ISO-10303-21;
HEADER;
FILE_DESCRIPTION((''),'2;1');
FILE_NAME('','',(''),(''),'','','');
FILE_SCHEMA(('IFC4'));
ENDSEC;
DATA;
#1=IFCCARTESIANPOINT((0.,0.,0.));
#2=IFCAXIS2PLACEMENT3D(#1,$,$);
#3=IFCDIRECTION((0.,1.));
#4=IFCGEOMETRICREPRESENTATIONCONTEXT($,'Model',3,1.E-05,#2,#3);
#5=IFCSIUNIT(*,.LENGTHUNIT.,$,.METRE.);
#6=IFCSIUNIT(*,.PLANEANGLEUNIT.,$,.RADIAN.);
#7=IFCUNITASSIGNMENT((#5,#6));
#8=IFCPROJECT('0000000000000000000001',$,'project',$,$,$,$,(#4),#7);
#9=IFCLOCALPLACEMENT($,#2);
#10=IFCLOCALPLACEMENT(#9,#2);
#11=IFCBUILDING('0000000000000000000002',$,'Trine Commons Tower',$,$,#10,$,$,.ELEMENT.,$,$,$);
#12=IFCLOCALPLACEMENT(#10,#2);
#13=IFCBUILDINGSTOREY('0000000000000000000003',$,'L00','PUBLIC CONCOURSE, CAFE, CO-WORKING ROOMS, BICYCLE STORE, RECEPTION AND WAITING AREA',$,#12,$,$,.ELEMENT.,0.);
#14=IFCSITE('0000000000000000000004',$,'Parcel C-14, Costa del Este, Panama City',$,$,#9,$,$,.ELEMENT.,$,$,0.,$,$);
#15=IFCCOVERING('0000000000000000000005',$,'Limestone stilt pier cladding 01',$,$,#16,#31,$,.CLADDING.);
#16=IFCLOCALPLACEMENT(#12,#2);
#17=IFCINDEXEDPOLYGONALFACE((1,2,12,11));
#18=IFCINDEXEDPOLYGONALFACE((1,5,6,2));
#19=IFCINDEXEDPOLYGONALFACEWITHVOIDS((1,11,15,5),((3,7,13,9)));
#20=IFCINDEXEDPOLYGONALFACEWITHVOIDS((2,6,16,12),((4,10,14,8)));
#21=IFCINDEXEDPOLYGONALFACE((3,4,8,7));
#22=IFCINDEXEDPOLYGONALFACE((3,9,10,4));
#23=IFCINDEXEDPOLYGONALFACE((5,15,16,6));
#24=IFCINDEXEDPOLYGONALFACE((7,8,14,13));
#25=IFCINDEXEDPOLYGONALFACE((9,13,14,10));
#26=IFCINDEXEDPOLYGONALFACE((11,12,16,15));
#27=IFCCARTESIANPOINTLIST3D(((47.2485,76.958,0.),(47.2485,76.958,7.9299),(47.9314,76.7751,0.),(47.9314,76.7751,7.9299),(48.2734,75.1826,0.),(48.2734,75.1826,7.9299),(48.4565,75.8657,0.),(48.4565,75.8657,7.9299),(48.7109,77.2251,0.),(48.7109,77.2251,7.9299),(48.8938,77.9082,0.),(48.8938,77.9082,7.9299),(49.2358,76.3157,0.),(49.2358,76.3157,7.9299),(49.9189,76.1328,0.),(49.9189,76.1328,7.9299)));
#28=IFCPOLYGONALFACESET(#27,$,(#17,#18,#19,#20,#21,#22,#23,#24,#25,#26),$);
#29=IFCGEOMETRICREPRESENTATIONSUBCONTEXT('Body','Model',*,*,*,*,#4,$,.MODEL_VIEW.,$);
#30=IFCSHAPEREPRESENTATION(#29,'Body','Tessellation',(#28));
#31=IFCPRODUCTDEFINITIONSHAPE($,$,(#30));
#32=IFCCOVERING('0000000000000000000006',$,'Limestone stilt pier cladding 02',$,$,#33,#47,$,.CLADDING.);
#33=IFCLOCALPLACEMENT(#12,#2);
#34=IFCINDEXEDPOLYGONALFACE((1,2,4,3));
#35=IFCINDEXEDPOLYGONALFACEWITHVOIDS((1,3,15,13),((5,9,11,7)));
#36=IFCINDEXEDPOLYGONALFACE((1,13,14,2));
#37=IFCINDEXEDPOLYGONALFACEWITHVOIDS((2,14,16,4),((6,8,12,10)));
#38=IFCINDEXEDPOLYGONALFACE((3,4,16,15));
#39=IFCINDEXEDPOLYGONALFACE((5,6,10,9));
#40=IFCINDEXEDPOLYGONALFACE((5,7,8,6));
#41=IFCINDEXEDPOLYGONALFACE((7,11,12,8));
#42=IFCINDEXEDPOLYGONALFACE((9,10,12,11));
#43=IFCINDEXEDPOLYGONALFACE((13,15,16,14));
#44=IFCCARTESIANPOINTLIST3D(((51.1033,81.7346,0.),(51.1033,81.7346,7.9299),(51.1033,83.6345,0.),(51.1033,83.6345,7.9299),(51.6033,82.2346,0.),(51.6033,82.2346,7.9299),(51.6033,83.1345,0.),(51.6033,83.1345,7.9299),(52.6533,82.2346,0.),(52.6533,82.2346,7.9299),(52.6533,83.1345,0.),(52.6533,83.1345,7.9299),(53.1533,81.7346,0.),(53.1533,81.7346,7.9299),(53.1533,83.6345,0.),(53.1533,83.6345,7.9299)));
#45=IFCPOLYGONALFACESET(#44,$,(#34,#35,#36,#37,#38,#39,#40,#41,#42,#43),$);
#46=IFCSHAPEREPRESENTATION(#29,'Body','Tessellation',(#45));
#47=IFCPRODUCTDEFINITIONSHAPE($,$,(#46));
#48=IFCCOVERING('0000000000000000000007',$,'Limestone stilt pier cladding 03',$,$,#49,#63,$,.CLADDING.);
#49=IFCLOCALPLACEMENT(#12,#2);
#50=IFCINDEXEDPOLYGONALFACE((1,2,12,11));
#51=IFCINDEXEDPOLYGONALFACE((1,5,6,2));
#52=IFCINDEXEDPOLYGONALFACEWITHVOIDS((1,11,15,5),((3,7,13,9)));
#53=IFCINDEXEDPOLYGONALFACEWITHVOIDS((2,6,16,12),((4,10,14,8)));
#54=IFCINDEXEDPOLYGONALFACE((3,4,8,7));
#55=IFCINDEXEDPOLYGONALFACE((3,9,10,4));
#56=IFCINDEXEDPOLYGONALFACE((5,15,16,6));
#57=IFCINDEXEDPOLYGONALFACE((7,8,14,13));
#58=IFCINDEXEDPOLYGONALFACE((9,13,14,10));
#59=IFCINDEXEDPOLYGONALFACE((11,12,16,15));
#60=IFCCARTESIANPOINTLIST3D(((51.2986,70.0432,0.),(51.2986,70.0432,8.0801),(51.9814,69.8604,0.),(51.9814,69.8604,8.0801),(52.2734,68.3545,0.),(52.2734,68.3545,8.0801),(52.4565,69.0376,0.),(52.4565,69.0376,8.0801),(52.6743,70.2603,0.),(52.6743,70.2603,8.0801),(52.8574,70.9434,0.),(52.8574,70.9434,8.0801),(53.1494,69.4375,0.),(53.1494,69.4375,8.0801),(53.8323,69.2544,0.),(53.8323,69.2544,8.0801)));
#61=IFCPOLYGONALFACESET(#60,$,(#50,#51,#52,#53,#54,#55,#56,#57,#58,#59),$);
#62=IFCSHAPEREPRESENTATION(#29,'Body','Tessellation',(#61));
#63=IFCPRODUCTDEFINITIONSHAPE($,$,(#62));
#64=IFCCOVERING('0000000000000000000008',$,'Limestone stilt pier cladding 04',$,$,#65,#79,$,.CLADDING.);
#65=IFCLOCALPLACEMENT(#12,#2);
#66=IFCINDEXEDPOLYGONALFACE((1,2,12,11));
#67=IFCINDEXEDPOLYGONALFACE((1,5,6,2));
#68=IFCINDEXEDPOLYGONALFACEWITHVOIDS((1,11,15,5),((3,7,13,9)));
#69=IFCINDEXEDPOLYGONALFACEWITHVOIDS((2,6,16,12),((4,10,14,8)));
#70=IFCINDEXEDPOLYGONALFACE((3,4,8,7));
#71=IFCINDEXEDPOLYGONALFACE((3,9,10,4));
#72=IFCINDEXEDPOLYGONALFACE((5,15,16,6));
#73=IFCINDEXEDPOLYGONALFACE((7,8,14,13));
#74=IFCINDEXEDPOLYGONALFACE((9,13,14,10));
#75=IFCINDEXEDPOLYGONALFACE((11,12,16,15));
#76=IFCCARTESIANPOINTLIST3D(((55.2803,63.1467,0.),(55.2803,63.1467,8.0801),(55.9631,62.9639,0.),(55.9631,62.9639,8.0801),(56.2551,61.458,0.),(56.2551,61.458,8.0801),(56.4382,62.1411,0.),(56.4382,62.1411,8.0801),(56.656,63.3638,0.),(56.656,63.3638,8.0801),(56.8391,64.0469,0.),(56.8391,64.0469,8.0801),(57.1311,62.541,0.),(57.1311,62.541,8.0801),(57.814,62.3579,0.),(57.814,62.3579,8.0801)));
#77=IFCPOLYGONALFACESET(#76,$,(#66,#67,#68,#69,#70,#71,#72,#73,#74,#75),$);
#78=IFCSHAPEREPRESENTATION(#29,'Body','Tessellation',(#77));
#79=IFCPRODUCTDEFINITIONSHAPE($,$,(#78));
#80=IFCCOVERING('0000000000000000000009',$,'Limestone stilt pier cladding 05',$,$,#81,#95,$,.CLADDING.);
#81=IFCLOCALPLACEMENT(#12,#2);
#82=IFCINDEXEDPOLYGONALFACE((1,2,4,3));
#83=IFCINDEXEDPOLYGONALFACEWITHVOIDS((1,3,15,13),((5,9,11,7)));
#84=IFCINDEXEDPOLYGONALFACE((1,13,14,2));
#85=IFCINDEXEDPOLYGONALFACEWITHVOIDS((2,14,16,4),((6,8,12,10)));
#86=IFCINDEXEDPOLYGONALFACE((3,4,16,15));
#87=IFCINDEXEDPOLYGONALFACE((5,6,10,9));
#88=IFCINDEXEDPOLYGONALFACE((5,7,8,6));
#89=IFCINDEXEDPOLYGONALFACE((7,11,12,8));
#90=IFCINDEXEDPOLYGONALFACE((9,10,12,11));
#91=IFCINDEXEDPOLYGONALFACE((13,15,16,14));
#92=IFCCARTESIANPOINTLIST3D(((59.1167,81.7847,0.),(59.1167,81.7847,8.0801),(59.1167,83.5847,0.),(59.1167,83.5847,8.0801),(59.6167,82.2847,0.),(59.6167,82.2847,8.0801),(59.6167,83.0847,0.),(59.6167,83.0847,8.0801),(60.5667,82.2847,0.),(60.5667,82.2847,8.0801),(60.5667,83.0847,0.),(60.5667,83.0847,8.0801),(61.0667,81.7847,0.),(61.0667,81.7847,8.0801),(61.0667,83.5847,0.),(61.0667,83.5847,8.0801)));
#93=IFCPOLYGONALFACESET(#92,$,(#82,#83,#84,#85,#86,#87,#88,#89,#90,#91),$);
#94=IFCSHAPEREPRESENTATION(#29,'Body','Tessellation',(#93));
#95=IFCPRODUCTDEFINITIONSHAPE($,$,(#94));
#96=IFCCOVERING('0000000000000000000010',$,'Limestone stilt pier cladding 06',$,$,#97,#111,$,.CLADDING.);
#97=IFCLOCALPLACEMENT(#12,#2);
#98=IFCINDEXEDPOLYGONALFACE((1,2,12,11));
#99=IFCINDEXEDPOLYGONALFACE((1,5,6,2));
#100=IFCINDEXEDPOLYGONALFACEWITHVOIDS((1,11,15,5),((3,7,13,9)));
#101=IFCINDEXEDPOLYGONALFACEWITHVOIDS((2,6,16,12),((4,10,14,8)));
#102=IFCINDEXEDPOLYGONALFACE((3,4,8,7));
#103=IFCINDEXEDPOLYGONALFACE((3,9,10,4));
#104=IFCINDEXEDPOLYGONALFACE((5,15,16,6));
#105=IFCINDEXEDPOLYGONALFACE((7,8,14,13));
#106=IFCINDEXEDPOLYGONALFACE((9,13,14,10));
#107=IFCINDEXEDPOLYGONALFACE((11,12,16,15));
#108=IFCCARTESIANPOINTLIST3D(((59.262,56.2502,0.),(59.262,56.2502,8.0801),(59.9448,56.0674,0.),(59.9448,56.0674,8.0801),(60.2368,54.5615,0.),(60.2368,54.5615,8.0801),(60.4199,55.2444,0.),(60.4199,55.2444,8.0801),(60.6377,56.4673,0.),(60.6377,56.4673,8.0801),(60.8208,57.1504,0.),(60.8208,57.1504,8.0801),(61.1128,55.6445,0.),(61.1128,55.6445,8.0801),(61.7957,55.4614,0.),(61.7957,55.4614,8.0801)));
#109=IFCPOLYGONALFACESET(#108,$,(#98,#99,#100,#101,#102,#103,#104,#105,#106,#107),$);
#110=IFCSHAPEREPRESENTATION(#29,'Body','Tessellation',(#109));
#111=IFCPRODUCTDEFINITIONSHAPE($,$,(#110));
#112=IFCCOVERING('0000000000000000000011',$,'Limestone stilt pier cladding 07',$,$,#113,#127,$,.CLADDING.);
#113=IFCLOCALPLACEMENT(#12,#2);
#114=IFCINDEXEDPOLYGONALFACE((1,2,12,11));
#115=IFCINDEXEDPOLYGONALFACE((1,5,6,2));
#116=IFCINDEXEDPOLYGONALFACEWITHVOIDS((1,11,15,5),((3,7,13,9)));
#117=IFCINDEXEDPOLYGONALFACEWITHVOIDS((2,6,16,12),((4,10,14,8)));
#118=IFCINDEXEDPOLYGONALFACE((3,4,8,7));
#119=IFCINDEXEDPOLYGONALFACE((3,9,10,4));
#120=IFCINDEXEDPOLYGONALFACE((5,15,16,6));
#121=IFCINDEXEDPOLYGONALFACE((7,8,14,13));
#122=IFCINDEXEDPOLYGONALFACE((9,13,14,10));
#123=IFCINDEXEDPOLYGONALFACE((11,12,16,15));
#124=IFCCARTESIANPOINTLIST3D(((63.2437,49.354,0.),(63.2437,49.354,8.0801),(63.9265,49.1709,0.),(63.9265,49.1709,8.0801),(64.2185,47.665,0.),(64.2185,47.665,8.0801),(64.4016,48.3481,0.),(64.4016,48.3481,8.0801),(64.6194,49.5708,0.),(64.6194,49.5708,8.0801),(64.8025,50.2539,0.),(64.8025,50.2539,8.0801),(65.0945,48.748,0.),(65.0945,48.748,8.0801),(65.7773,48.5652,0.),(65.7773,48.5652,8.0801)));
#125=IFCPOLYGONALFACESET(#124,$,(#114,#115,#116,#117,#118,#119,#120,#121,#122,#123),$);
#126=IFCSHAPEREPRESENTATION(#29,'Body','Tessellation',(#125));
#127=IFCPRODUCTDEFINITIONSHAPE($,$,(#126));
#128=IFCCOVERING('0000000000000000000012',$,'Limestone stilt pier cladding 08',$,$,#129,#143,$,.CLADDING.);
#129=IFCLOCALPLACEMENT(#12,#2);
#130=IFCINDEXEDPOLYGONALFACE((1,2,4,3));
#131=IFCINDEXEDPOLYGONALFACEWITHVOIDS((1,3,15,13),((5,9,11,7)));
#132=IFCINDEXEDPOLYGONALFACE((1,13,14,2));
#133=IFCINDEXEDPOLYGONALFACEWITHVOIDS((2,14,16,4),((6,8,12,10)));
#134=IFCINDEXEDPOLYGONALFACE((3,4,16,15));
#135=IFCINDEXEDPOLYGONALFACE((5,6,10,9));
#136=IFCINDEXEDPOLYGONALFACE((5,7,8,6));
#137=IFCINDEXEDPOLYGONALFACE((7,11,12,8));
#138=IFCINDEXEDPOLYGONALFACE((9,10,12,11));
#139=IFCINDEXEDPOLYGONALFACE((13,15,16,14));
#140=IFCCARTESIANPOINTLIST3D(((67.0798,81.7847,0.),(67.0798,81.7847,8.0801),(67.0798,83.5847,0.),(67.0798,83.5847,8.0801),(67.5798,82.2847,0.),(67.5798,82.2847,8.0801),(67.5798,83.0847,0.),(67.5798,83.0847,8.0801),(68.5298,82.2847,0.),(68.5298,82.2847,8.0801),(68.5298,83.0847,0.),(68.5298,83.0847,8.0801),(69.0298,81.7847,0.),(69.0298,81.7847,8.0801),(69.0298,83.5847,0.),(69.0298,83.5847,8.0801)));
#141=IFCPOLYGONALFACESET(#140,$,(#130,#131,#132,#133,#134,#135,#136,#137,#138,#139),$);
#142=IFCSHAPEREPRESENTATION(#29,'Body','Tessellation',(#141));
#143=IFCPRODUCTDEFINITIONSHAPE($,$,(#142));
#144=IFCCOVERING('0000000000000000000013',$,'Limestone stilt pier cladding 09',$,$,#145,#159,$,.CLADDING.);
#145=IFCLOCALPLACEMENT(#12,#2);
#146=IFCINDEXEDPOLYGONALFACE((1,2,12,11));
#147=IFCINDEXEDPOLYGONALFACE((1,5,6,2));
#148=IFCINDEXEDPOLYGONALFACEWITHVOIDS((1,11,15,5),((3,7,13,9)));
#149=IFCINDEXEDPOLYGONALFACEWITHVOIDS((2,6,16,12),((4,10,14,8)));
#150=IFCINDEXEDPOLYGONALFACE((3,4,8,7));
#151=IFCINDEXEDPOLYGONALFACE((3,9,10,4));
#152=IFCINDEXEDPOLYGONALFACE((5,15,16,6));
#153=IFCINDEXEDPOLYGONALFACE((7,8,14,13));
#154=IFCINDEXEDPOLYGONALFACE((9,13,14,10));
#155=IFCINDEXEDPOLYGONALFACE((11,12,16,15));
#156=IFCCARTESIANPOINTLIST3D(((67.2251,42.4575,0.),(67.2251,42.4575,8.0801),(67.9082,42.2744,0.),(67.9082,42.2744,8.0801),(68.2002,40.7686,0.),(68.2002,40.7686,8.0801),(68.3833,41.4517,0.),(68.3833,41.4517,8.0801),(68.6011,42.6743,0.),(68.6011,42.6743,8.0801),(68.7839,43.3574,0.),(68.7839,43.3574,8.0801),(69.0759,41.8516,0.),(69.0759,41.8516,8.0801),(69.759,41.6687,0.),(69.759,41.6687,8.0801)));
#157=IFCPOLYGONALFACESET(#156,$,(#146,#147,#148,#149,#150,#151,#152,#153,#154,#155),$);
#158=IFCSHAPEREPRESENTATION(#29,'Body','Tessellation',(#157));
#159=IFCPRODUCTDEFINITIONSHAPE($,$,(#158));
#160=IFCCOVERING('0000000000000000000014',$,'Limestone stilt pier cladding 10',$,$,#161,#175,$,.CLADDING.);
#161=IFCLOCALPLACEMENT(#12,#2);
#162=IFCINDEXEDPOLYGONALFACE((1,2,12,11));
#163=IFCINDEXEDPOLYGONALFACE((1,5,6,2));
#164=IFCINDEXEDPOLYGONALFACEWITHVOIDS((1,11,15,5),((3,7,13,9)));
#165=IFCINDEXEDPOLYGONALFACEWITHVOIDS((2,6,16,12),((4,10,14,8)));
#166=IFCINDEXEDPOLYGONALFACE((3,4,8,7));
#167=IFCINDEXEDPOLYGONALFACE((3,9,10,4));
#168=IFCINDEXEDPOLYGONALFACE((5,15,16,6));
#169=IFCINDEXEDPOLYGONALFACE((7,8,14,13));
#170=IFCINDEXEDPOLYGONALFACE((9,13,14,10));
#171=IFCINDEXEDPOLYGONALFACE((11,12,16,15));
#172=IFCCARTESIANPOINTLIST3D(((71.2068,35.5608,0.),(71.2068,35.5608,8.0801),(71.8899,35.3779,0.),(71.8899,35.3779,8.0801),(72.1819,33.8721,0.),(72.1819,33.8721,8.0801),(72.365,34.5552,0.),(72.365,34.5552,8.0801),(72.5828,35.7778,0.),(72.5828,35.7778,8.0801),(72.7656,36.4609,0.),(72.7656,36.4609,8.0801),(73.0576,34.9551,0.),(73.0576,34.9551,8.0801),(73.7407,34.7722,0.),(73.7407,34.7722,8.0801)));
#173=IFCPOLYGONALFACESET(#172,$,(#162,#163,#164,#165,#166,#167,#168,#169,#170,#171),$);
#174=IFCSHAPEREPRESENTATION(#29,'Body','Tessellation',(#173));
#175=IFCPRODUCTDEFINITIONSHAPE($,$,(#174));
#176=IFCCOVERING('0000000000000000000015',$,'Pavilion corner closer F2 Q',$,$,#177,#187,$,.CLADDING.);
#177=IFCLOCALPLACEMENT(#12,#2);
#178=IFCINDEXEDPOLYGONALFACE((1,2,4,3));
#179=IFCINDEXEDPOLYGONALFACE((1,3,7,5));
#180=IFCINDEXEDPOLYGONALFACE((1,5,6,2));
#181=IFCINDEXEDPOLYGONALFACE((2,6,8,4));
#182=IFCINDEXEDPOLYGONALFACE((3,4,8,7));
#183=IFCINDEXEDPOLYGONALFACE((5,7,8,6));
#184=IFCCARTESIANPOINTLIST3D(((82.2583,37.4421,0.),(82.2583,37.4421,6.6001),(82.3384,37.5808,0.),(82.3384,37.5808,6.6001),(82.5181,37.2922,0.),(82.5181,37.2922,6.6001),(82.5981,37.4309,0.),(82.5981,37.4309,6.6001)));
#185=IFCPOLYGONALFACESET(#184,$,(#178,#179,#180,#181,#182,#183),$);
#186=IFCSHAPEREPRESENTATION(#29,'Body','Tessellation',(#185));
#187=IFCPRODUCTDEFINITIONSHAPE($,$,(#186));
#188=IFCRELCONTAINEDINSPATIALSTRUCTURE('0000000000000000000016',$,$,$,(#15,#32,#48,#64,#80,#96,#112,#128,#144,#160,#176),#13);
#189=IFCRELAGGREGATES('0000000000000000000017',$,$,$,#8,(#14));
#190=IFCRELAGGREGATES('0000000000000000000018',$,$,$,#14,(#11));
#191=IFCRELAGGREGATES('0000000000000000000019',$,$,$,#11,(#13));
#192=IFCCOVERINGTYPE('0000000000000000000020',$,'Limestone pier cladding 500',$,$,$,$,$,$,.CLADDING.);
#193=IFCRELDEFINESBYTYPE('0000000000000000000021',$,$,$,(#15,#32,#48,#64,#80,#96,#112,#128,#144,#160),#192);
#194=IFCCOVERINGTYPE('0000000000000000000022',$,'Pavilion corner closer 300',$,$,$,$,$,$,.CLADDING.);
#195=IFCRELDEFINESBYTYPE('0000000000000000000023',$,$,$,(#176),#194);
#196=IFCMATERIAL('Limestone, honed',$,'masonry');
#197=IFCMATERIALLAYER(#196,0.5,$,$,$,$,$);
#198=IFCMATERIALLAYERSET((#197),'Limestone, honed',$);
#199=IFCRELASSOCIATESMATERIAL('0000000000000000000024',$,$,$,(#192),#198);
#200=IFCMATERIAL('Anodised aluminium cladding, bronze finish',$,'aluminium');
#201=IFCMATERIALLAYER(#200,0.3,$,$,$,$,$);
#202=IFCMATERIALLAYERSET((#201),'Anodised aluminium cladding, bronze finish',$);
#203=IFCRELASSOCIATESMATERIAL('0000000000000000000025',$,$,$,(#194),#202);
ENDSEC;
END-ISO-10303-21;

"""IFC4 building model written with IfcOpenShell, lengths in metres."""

from ifc_helpers import new_model, si_unit, direction, origin, place, context, subcontext, project, spatial, polyline, outline, extrude, material, layer, layer_set, type_object, element, save


model = new_model("IFC4")

# Units and contexts
model_context = context("Model", 3, precision=1e-05, world=origin(), true_north=direction((0.0, 1.0)))
body_context = subcontext(model_context, "Body", "Model", "MODEL_VIEW")
ifc_project = project(units=[si_unit("LENGTHUNIT", "METRE"), si_unit("PLANEANGLEUNIT", "RADIAN")], contexts=[model_context])

# Site, building, storey
site_placement = place(None, origin())
site = spatial("IfcSite", under=ifc_project, at=site_placement, Name="Parcel C-14, Costa del Este, Panama City", CompositionType="ELEMENT", RefElevation=0.0)
building_placement = place(site_placement, origin())
building = spatial("IfcBuilding", under=site, at=building_placement, Name="Trine Commons Tower", CompositionType="ELEMENT")
storey_placement = place(building_placement, origin())
storey = spatial("IfcBuildingStorey", under=building, at=storey_placement, Name="L00", Description="PUBLIC CONCOURSE, CAFE, CO-WORKING ROOMS, BICYCLE STORE, RECEPTION AND WAITING AREA", CompositionType="ELEMENT", Elevation=0.0)

# Coverings
ifc_material_1 = material(Name="Limestone, honed", Category="masonry")
ifc_layer_1 = layer(ifc_material_1, 0.5)
ifc_layer_set_1 = layer_set([ifc_layer_1], Name="Limestone, honed")
covering_type_1 = type_object("IfcCoveringType", Name="Limestone pier cladding 500", PredefinedType="CLADDING", material=ifc_layer_set_1)
covering_1_placement = place(storey_placement, origin())
element("IfcCovering", 1, at=covering_1_placement, inside=storey, type_object=covering_type_1, Name="Limestone stilt pier cladding 01", PredefinedType="CLADDING", context=body_context, shape_type="SweptSolid", body=[
    extrude(outline(polyline([(48.8938, 77.9082), (47.2485, 76.958), (48.2734, 75.1826), (49.9189, 76.1328), (48.8938, 77.9082)]), holes=[polyline([(48.7109, 77.2251), (47.9314, 76.7751), (48.4565, 75.8657), (49.2358, 76.3157), (48.7109, 77.2251)])]), origin(), (0.0, 0.0, 1.0), 7.9299),
])
covering_2_placement = place(storey_placement, origin())
element("IfcCovering", 2, at=covering_2_placement, inside=storey, type_object=covering_type_1, Name="Limestone stilt pier cladding 02", PredefinedType="CLADDING", context=body_context, shape_type="SweptSolid", body=[
    extrude(outline(polyline([(53.1533, 81.7346), (53.1533, 83.6345), (51.1033, 83.6345), (51.1033, 81.7346), (53.1533, 81.7346)]), holes=[polyline([(52.6533, 82.2346), (52.6533, 83.1345), (51.6033, 83.1345), (51.6033, 82.2346), (52.6533, 82.2346)])]), origin(), (0.0, 0.0, 1.0), 7.9299),
])
covering_3_placement = place(storey_placement, origin())
element("IfcCovering", 3, at=covering_3_placement, inside=storey, type_object=covering_type_1, Name="Limestone stilt pier cladding 03", PredefinedType="CLADDING", context=body_context, shape_type="SweptSolid", body=[
    extrude(outline(polyline([(52.8574, 70.9434), (51.2986, 70.0432), (52.2734, 68.3545), (53.8323, 69.2544), (52.8574, 70.9434)]), holes=[polyline([(52.6743, 70.2603), (51.9814, 69.8604), (52.4565, 69.0376), (53.1494, 69.4375), (52.6743, 70.2603)])]), origin(), (0.0, 0.0, 1.0), 8.0801),
])
covering_4_placement = place(storey_placement, origin())
element("IfcCovering", 4, at=covering_4_placement, inside=storey, type_object=covering_type_1, Name="Limestone stilt pier cladding 04", PredefinedType="CLADDING", context=body_context, shape_type="SweptSolid", body=[
    extrude(outline(polyline([(56.8391, 64.0469), (55.2803, 63.1467), (56.2551, 61.458), (57.814, 62.3579), (56.8391, 64.0469)]), holes=[polyline([(56.656, 63.3638), (55.9631, 62.9639), (56.4382, 62.1411), (57.1311, 62.541), (56.656, 63.3638)])]), origin(), (0.0, 0.0, 1.0), 8.0801),
])
covering_5_placement = place(storey_placement, origin())
element("IfcCovering", 5, at=covering_5_placement, inside=storey, type_object=covering_type_1, Name="Limestone stilt pier cladding 05", PredefinedType="CLADDING", context=body_context, shape_type="SweptSolid", body=[
    extrude(outline(polyline([(61.0667, 81.7847), (61.0667, 83.5847), (59.1167, 83.5847), (59.1167, 81.7847), (61.0667, 81.7847)]), holes=[polyline([(60.5667, 82.2847), (60.5667, 83.0847), (59.6167, 83.0847), (59.6167, 82.2847), (60.5667, 82.2847)])]), origin(), (0.0, 0.0, 1.0), 8.0801),
])
covering_6_placement = place(storey_placement, origin())
element("IfcCovering", 6, at=covering_6_placement, inside=storey, type_object=covering_type_1, Name="Limestone stilt pier cladding 06", PredefinedType="CLADDING", context=body_context, shape_type="SweptSolid", body=[
    extrude(outline(polyline([(60.8208, 57.1504), (59.262, 56.2502), (60.2368, 54.5615), (61.7957, 55.4614), (60.8208, 57.1504)]), holes=[polyline([(60.6377, 56.4673), (59.9448, 56.0674), (60.4199, 55.2444), (61.1128, 55.6445), (60.6377, 56.4673)])]), origin(), (0.0, 0.0, 1.0), 8.0801),
])
covering_7_placement = place(storey_placement, origin())
element("IfcCovering", 7, at=covering_7_placement, inside=storey, type_object=covering_type_1, Name="Limestone stilt pier cladding 07", PredefinedType="CLADDING", context=body_context, shape_type="SweptSolid", body=[
    extrude(outline(polyline([(64.8025, 50.2539), (63.2437, 49.354), (64.2185, 47.665), (65.7773, 48.5652), (64.8025, 50.2539)]), holes=[polyline([(64.6194, 49.5708), (63.9265, 49.1709), (64.4016, 48.3481), (65.0945, 48.748), (64.6194, 49.5708)])]), origin(), (0.0, 0.0, 1.0), 8.0801),
])
covering_8_placement = place(storey_placement, origin())
element("IfcCovering", 8, at=covering_8_placement, inside=storey, type_object=covering_type_1, Name="Limestone stilt pier cladding 08", PredefinedType="CLADDING", context=body_context, shape_type="SweptSolid", body=[
    extrude(outline(polyline([(69.0298, 81.7847), (69.0298, 83.5847), (67.0798, 83.5847), (67.0798, 81.7847), (69.0298, 81.7847)]), holes=[polyline([(68.5298, 82.2847), (68.5298, 83.0847), (67.5798, 83.0847), (67.5798, 82.2847), (68.5298, 82.2847)])]), origin(), (0.0, 0.0, 1.0), 8.0801),
])
covering_9_placement = place(storey_placement, origin())
element("IfcCovering", 9, at=covering_9_placement, inside=storey, type_object=covering_type_1, Name="Limestone stilt pier cladding 09", PredefinedType="CLADDING", context=body_context, shape_type="SweptSolid", body=[
    extrude(outline(polyline([(68.7839, 43.3574), (67.2251, 42.4575), (68.2002, 40.7686), (69.759, 41.6687), (68.7839, 43.3574)]), holes=[polyline([(68.6011, 42.6743), (67.9082, 42.2744), (68.3833, 41.4517), (69.0759, 41.8516), (68.6011, 42.6743)])]), origin(), (0.0, 0.0, 1.0), 8.0801),
])
covering_10_placement = place(storey_placement, origin())
element("IfcCovering", 10, at=covering_10_placement, inside=storey, type_object=covering_type_1, Name="Limestone stilt pier cladding 10", PredefinedType="CLADDING", context=body_context, shape_type="SweptSolid", body=[
    extrude(outline(polyline([(72.7656, 36.4609), (71.2068, 35.5608), (72.1819, 33.8721), (73.7407, 34.7722), (72.7656, 36.4609)]), holes=[polyline([(72.5828, 35.7778), (71.8899, 35.3779), (72.365, 34.5552), (73.0576, 34.9551), (72.5828, 35.7778)])]), origin(), (0.0, 0.0, 1.0), 8.0801),
])
ifc_material_2 = material(Name="Anodised aluminium cladding, bronze finish", Category="aluminium")
ifc_layer_2 = layer(ifc_material_2, 0.3)
ifc_layer_set_2 = layer_set([ifc_layer_2], Name="Anodised aluminium cladding, bronze finish")
covering_type_2 = type_object("IfcCoveringType", Name="Pavilion corner closer 300", PredefinedType="CLADDING", material=ifc_layer_set_2)
covering_11_placement = place(storey_placement, origin())
element("IfcCovering", 11, at=covering_11_placement, inside=storey, type_object=covering_type_2, Name="Pavilion corner closer F2 Q", PredefinedType="CLADDING", context=body_context, shape_type="SweptSolid", body=[
    extrude(outline(polyline([(82.5981, 37.4309), (82.3384, 37.5808), (82.2583, 37.4421), (82.5181, 37.2922), (82.5981, 37.4309)])), origin(), (0.0, 0.0, 1.0), 6.6001),
])

save(model, "model.ifc")
